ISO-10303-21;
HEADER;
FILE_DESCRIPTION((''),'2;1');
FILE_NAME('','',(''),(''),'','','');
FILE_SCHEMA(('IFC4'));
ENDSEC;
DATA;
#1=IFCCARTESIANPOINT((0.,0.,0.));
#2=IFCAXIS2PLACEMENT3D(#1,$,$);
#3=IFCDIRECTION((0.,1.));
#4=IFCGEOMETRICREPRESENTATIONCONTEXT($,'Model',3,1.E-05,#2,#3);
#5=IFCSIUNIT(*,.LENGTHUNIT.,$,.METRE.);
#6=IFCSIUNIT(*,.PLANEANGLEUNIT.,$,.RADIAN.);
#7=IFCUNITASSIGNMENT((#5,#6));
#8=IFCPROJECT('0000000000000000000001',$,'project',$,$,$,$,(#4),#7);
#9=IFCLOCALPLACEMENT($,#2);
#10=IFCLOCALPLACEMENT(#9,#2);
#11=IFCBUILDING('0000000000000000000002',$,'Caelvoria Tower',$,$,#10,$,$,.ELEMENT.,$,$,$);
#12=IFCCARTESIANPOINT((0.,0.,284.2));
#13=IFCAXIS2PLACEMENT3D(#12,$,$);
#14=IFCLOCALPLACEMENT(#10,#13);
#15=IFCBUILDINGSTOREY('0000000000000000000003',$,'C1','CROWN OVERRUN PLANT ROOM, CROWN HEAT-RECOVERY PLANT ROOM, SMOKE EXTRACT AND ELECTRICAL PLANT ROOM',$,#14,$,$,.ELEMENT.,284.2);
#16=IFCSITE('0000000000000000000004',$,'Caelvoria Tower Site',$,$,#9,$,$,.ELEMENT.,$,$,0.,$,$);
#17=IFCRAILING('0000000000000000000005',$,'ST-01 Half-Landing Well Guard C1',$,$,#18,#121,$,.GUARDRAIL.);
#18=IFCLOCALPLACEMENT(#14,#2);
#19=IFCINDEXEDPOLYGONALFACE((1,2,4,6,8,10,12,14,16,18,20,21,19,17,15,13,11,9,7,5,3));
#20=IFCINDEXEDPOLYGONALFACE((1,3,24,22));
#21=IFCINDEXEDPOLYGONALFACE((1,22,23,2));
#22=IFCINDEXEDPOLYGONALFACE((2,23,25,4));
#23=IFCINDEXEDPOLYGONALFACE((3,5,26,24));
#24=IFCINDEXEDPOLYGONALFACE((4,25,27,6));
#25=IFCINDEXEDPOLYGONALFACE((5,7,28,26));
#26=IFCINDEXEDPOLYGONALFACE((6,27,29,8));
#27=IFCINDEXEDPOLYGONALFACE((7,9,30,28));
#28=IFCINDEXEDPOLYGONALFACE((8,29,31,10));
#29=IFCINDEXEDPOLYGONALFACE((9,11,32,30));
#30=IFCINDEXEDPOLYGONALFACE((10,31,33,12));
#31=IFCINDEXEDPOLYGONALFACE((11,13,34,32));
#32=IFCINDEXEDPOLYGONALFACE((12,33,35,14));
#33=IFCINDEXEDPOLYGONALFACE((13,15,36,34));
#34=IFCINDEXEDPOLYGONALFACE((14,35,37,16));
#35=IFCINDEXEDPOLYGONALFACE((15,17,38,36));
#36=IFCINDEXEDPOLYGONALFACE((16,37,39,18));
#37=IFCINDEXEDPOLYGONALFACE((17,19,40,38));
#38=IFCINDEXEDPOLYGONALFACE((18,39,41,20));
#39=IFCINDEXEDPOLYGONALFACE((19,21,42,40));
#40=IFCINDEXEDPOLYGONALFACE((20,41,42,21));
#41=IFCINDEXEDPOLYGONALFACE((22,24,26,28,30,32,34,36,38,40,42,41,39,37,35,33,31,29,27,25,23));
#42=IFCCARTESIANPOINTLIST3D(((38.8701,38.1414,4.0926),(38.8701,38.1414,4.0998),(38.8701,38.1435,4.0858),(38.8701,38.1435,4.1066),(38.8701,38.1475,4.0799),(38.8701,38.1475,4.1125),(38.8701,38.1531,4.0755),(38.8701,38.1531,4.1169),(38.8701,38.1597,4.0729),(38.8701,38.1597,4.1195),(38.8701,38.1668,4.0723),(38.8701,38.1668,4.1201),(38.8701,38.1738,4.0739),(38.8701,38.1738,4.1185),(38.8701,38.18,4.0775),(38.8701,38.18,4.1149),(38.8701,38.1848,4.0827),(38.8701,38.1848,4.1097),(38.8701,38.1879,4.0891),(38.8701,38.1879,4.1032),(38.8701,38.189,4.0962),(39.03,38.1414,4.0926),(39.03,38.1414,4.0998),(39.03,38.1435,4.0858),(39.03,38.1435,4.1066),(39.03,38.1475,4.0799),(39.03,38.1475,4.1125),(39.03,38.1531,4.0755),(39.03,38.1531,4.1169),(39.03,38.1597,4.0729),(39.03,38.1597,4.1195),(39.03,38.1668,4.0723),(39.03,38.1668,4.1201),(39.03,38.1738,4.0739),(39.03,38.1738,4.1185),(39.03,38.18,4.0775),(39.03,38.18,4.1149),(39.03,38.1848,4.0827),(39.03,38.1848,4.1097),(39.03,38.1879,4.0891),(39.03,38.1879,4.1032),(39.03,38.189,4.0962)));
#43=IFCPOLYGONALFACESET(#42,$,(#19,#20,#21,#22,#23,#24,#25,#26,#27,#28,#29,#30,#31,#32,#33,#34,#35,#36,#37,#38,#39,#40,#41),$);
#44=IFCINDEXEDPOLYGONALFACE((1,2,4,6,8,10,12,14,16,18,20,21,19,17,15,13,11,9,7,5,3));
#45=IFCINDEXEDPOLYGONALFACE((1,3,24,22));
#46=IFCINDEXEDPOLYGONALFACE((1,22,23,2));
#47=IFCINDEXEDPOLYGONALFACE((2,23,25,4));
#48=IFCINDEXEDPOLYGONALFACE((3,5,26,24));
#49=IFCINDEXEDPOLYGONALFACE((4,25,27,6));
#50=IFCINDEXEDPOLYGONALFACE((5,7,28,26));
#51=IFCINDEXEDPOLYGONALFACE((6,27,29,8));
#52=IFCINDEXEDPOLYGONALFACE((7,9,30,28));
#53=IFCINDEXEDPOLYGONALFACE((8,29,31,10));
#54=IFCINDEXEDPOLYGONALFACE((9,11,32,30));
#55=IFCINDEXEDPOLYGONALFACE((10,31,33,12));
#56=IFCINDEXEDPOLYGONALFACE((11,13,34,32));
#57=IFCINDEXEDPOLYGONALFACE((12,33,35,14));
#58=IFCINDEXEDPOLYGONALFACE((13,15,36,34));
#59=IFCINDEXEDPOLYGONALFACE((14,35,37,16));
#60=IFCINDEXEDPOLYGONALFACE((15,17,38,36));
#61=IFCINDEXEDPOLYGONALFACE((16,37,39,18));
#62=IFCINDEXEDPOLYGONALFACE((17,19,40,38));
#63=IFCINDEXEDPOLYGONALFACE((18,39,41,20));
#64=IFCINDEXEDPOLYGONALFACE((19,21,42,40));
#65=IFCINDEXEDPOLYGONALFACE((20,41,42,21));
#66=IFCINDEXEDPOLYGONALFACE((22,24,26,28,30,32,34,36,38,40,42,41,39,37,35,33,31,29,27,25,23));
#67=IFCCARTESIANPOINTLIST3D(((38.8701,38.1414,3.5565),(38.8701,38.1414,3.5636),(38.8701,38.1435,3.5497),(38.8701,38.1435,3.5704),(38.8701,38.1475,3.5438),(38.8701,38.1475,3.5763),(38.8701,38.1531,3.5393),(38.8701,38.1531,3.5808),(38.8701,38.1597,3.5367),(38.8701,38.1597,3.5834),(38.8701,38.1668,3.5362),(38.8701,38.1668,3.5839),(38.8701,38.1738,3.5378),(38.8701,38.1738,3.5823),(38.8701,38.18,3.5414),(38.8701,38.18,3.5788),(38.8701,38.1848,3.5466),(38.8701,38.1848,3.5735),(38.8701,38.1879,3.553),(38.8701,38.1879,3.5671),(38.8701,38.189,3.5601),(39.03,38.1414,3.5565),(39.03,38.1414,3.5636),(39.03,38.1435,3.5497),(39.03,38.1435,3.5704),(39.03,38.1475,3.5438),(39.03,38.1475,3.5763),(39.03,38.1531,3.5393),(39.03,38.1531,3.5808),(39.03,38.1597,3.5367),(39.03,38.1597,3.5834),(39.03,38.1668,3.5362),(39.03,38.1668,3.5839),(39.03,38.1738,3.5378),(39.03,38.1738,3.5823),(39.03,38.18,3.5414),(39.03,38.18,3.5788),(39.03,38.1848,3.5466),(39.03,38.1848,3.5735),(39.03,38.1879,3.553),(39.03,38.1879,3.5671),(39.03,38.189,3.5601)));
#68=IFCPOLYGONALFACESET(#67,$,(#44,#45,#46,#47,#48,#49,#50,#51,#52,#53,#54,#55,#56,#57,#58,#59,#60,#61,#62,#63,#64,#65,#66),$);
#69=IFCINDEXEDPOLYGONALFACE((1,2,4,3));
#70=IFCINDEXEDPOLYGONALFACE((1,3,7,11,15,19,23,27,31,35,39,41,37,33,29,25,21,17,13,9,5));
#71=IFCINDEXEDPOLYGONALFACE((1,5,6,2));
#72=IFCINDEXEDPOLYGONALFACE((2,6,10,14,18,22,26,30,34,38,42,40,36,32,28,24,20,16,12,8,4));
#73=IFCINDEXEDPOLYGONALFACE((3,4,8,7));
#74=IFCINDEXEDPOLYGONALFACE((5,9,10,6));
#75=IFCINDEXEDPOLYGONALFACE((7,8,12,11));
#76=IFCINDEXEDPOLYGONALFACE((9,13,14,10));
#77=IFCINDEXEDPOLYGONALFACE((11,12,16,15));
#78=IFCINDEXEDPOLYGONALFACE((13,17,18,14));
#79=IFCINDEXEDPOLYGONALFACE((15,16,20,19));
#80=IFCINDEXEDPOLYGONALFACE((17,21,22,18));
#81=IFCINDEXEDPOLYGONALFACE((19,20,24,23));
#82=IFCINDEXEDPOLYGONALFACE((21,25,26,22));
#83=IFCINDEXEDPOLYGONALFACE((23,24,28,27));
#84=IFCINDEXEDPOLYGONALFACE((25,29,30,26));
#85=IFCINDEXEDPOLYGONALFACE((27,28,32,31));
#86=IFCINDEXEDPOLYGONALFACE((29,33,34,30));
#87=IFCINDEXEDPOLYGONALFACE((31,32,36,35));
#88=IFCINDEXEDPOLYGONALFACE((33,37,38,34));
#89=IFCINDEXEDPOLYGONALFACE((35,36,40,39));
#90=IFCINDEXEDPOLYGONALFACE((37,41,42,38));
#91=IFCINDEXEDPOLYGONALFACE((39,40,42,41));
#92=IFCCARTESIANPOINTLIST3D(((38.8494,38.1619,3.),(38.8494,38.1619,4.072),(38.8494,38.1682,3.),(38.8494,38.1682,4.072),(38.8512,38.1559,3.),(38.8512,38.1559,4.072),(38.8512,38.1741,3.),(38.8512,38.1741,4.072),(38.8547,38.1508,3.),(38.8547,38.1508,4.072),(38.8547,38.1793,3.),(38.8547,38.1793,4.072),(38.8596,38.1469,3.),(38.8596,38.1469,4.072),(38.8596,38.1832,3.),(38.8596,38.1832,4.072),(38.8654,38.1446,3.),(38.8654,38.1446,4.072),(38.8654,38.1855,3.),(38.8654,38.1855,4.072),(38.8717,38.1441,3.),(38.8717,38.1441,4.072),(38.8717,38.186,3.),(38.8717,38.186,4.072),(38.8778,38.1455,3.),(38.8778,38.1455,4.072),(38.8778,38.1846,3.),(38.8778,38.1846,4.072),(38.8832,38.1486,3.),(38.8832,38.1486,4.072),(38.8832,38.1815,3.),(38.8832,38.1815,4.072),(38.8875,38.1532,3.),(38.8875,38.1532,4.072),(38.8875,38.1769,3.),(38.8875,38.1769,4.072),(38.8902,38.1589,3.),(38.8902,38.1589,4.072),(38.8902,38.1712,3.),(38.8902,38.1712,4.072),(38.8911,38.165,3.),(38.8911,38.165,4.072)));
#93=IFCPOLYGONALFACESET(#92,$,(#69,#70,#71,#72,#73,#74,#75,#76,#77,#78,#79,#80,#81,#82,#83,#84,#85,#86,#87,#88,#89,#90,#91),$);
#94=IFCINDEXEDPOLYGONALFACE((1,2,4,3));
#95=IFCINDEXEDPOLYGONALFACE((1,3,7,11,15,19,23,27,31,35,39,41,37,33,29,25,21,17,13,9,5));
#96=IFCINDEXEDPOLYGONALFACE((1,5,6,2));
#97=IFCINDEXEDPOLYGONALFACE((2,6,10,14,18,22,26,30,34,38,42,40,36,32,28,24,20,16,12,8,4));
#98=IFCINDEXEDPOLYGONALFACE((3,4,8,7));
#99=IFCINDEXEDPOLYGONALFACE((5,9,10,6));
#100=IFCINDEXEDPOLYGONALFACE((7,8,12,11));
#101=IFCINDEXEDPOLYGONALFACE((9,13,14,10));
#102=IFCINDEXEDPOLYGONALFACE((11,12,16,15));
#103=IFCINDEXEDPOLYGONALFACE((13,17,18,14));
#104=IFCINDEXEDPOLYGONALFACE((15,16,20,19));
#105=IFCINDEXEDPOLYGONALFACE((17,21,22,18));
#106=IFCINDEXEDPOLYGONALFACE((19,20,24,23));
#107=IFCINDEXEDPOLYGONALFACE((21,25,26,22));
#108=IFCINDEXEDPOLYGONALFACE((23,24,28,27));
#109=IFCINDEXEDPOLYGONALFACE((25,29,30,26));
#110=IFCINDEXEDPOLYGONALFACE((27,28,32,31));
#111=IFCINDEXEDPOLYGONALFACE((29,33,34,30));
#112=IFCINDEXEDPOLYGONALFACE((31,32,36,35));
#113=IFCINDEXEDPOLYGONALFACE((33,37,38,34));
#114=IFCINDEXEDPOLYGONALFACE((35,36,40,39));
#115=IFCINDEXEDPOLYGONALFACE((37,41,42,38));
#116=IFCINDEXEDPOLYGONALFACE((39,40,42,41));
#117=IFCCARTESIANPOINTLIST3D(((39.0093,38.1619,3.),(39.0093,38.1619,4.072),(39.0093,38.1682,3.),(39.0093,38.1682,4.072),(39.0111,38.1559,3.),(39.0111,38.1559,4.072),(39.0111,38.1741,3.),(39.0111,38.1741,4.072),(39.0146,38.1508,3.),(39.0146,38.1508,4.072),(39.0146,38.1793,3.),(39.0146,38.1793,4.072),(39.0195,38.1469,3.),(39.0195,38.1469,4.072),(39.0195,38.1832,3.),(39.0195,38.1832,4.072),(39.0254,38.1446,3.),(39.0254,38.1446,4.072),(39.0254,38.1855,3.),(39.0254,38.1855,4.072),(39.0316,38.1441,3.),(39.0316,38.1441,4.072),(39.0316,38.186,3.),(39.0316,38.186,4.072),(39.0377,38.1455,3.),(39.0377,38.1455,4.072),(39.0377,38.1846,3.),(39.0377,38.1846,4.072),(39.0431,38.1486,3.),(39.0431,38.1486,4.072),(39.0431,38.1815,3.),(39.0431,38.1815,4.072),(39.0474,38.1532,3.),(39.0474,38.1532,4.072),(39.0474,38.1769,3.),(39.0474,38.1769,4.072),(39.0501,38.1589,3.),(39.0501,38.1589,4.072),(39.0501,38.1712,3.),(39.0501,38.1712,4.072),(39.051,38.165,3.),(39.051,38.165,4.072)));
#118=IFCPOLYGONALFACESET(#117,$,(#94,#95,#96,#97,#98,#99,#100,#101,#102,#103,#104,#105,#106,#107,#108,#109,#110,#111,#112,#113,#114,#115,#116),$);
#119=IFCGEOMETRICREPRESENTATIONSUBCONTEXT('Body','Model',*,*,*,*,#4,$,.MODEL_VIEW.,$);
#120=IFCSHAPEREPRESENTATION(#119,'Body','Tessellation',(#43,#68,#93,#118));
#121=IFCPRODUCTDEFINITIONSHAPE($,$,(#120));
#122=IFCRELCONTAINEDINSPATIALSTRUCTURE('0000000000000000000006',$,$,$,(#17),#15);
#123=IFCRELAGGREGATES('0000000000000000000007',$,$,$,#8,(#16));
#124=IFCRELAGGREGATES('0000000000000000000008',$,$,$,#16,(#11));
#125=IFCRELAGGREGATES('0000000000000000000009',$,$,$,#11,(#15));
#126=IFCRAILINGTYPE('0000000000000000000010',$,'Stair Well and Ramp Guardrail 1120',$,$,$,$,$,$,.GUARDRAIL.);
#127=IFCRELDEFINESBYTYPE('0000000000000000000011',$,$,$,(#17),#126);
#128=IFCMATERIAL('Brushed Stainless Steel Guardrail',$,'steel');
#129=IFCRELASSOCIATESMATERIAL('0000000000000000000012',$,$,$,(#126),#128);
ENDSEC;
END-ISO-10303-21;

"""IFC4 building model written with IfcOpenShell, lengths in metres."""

from ifc_helpers import new_model, si_unit, direction, frame, origin, origin_2d, place, context, subcontext, project, spatial, circle, extrude, material, type_object, element, save


model = new_model("IFC4")

# Units and contexts
model_context = context("Model", 3, precision=1e-05, world=origin(), true_north=direction((0.0, 1.0)))
body_context = subcontext(model_context, "Body", "Model", "MODEL_VIEW")
ifc_project = project(units=[si_unit("LENGTHUNIT", "METRE"), si_unit("PLANEANGLEUNIT", "RADIAN")], contexts=[model_context])

# Site, building, storey
site_placement = place(None, origin())
site = spatial("IfcSite", under=ifc_project, at=site_placement, Name="Caelvoria Tower Site", CompositionType="ELEMENT", RefElevation=0.0)
building_placement = place(site_placement, origin())
building = spatial("IfcBuilding", under=site, at=building_placement, Name="Caelvoria Tower", CompositionType="ELEMENT")
storey_placement = place(building_placement, frame((0.0, 0.0, 284.2)))
storey = spatial("IfcBuildingStorey", under=building, at=storey_placement, Name="C1", Description="CROWN OVERRUN PLANT ROOM, CROWN HEAT-RECOVERY PLANT ROOM, SMOKE EXTRACT AND ELECTRICAL PLANT ROOM", CompositionType="ELEMENT", Elevation=284.2)

# Railing
ifc_material_1 = material(Name="Brushed Stainless Steel Guardrail", Category="steel")
railing_type_1 = type_object("IfcRailingType", Name="Stair Well and Ramp Guardrail 1120", PredefinedType="GUARDRAIL", material=ifc_material_1)
railing_1_placement = place(storey_placement, frame((38.8701, 38.165, 3.0)))
element("IfcRailing", 1, at=railing_1_placement, inside=storey, type_object=railing_type_1, Name="ST-01 Half-Landing Well Guard C1", PredefinedType="GUARDRAIL", context=body_context, shape_type="SweptSolid", body=[
    extrude(circle(Radius=0.0239, at=origin_2d()), frame((0.0, 0.0, 1.0962), z_axis=(1.0, 0.0, 0.0), x_axis=(0.0, 1.0, 0.0)), (0.0, 0.0, 1.0), 0.1599),
    extrude(circle(Radius=0.0239, at=origin_2d()), frame((0.0, 0.0, 0.5601), z_axis=(1.0, 0.0, 0.0), x_axis=(0.0, 1.0, 0.0)), (0.0, 0.0, 1.0), 0.1599),
    extrude(circle(Radius=0.021, at=origin_2d()), origin(), (0.0, 0.0, 1.0), 1.072),
    extrude(circle(Radius=0.021, at=origin_2d()), frame((0.1599, 0.0, 0.0)), (0.0, 0.0, 1.0), 1.072),
])

save(model, "model.ifc")
